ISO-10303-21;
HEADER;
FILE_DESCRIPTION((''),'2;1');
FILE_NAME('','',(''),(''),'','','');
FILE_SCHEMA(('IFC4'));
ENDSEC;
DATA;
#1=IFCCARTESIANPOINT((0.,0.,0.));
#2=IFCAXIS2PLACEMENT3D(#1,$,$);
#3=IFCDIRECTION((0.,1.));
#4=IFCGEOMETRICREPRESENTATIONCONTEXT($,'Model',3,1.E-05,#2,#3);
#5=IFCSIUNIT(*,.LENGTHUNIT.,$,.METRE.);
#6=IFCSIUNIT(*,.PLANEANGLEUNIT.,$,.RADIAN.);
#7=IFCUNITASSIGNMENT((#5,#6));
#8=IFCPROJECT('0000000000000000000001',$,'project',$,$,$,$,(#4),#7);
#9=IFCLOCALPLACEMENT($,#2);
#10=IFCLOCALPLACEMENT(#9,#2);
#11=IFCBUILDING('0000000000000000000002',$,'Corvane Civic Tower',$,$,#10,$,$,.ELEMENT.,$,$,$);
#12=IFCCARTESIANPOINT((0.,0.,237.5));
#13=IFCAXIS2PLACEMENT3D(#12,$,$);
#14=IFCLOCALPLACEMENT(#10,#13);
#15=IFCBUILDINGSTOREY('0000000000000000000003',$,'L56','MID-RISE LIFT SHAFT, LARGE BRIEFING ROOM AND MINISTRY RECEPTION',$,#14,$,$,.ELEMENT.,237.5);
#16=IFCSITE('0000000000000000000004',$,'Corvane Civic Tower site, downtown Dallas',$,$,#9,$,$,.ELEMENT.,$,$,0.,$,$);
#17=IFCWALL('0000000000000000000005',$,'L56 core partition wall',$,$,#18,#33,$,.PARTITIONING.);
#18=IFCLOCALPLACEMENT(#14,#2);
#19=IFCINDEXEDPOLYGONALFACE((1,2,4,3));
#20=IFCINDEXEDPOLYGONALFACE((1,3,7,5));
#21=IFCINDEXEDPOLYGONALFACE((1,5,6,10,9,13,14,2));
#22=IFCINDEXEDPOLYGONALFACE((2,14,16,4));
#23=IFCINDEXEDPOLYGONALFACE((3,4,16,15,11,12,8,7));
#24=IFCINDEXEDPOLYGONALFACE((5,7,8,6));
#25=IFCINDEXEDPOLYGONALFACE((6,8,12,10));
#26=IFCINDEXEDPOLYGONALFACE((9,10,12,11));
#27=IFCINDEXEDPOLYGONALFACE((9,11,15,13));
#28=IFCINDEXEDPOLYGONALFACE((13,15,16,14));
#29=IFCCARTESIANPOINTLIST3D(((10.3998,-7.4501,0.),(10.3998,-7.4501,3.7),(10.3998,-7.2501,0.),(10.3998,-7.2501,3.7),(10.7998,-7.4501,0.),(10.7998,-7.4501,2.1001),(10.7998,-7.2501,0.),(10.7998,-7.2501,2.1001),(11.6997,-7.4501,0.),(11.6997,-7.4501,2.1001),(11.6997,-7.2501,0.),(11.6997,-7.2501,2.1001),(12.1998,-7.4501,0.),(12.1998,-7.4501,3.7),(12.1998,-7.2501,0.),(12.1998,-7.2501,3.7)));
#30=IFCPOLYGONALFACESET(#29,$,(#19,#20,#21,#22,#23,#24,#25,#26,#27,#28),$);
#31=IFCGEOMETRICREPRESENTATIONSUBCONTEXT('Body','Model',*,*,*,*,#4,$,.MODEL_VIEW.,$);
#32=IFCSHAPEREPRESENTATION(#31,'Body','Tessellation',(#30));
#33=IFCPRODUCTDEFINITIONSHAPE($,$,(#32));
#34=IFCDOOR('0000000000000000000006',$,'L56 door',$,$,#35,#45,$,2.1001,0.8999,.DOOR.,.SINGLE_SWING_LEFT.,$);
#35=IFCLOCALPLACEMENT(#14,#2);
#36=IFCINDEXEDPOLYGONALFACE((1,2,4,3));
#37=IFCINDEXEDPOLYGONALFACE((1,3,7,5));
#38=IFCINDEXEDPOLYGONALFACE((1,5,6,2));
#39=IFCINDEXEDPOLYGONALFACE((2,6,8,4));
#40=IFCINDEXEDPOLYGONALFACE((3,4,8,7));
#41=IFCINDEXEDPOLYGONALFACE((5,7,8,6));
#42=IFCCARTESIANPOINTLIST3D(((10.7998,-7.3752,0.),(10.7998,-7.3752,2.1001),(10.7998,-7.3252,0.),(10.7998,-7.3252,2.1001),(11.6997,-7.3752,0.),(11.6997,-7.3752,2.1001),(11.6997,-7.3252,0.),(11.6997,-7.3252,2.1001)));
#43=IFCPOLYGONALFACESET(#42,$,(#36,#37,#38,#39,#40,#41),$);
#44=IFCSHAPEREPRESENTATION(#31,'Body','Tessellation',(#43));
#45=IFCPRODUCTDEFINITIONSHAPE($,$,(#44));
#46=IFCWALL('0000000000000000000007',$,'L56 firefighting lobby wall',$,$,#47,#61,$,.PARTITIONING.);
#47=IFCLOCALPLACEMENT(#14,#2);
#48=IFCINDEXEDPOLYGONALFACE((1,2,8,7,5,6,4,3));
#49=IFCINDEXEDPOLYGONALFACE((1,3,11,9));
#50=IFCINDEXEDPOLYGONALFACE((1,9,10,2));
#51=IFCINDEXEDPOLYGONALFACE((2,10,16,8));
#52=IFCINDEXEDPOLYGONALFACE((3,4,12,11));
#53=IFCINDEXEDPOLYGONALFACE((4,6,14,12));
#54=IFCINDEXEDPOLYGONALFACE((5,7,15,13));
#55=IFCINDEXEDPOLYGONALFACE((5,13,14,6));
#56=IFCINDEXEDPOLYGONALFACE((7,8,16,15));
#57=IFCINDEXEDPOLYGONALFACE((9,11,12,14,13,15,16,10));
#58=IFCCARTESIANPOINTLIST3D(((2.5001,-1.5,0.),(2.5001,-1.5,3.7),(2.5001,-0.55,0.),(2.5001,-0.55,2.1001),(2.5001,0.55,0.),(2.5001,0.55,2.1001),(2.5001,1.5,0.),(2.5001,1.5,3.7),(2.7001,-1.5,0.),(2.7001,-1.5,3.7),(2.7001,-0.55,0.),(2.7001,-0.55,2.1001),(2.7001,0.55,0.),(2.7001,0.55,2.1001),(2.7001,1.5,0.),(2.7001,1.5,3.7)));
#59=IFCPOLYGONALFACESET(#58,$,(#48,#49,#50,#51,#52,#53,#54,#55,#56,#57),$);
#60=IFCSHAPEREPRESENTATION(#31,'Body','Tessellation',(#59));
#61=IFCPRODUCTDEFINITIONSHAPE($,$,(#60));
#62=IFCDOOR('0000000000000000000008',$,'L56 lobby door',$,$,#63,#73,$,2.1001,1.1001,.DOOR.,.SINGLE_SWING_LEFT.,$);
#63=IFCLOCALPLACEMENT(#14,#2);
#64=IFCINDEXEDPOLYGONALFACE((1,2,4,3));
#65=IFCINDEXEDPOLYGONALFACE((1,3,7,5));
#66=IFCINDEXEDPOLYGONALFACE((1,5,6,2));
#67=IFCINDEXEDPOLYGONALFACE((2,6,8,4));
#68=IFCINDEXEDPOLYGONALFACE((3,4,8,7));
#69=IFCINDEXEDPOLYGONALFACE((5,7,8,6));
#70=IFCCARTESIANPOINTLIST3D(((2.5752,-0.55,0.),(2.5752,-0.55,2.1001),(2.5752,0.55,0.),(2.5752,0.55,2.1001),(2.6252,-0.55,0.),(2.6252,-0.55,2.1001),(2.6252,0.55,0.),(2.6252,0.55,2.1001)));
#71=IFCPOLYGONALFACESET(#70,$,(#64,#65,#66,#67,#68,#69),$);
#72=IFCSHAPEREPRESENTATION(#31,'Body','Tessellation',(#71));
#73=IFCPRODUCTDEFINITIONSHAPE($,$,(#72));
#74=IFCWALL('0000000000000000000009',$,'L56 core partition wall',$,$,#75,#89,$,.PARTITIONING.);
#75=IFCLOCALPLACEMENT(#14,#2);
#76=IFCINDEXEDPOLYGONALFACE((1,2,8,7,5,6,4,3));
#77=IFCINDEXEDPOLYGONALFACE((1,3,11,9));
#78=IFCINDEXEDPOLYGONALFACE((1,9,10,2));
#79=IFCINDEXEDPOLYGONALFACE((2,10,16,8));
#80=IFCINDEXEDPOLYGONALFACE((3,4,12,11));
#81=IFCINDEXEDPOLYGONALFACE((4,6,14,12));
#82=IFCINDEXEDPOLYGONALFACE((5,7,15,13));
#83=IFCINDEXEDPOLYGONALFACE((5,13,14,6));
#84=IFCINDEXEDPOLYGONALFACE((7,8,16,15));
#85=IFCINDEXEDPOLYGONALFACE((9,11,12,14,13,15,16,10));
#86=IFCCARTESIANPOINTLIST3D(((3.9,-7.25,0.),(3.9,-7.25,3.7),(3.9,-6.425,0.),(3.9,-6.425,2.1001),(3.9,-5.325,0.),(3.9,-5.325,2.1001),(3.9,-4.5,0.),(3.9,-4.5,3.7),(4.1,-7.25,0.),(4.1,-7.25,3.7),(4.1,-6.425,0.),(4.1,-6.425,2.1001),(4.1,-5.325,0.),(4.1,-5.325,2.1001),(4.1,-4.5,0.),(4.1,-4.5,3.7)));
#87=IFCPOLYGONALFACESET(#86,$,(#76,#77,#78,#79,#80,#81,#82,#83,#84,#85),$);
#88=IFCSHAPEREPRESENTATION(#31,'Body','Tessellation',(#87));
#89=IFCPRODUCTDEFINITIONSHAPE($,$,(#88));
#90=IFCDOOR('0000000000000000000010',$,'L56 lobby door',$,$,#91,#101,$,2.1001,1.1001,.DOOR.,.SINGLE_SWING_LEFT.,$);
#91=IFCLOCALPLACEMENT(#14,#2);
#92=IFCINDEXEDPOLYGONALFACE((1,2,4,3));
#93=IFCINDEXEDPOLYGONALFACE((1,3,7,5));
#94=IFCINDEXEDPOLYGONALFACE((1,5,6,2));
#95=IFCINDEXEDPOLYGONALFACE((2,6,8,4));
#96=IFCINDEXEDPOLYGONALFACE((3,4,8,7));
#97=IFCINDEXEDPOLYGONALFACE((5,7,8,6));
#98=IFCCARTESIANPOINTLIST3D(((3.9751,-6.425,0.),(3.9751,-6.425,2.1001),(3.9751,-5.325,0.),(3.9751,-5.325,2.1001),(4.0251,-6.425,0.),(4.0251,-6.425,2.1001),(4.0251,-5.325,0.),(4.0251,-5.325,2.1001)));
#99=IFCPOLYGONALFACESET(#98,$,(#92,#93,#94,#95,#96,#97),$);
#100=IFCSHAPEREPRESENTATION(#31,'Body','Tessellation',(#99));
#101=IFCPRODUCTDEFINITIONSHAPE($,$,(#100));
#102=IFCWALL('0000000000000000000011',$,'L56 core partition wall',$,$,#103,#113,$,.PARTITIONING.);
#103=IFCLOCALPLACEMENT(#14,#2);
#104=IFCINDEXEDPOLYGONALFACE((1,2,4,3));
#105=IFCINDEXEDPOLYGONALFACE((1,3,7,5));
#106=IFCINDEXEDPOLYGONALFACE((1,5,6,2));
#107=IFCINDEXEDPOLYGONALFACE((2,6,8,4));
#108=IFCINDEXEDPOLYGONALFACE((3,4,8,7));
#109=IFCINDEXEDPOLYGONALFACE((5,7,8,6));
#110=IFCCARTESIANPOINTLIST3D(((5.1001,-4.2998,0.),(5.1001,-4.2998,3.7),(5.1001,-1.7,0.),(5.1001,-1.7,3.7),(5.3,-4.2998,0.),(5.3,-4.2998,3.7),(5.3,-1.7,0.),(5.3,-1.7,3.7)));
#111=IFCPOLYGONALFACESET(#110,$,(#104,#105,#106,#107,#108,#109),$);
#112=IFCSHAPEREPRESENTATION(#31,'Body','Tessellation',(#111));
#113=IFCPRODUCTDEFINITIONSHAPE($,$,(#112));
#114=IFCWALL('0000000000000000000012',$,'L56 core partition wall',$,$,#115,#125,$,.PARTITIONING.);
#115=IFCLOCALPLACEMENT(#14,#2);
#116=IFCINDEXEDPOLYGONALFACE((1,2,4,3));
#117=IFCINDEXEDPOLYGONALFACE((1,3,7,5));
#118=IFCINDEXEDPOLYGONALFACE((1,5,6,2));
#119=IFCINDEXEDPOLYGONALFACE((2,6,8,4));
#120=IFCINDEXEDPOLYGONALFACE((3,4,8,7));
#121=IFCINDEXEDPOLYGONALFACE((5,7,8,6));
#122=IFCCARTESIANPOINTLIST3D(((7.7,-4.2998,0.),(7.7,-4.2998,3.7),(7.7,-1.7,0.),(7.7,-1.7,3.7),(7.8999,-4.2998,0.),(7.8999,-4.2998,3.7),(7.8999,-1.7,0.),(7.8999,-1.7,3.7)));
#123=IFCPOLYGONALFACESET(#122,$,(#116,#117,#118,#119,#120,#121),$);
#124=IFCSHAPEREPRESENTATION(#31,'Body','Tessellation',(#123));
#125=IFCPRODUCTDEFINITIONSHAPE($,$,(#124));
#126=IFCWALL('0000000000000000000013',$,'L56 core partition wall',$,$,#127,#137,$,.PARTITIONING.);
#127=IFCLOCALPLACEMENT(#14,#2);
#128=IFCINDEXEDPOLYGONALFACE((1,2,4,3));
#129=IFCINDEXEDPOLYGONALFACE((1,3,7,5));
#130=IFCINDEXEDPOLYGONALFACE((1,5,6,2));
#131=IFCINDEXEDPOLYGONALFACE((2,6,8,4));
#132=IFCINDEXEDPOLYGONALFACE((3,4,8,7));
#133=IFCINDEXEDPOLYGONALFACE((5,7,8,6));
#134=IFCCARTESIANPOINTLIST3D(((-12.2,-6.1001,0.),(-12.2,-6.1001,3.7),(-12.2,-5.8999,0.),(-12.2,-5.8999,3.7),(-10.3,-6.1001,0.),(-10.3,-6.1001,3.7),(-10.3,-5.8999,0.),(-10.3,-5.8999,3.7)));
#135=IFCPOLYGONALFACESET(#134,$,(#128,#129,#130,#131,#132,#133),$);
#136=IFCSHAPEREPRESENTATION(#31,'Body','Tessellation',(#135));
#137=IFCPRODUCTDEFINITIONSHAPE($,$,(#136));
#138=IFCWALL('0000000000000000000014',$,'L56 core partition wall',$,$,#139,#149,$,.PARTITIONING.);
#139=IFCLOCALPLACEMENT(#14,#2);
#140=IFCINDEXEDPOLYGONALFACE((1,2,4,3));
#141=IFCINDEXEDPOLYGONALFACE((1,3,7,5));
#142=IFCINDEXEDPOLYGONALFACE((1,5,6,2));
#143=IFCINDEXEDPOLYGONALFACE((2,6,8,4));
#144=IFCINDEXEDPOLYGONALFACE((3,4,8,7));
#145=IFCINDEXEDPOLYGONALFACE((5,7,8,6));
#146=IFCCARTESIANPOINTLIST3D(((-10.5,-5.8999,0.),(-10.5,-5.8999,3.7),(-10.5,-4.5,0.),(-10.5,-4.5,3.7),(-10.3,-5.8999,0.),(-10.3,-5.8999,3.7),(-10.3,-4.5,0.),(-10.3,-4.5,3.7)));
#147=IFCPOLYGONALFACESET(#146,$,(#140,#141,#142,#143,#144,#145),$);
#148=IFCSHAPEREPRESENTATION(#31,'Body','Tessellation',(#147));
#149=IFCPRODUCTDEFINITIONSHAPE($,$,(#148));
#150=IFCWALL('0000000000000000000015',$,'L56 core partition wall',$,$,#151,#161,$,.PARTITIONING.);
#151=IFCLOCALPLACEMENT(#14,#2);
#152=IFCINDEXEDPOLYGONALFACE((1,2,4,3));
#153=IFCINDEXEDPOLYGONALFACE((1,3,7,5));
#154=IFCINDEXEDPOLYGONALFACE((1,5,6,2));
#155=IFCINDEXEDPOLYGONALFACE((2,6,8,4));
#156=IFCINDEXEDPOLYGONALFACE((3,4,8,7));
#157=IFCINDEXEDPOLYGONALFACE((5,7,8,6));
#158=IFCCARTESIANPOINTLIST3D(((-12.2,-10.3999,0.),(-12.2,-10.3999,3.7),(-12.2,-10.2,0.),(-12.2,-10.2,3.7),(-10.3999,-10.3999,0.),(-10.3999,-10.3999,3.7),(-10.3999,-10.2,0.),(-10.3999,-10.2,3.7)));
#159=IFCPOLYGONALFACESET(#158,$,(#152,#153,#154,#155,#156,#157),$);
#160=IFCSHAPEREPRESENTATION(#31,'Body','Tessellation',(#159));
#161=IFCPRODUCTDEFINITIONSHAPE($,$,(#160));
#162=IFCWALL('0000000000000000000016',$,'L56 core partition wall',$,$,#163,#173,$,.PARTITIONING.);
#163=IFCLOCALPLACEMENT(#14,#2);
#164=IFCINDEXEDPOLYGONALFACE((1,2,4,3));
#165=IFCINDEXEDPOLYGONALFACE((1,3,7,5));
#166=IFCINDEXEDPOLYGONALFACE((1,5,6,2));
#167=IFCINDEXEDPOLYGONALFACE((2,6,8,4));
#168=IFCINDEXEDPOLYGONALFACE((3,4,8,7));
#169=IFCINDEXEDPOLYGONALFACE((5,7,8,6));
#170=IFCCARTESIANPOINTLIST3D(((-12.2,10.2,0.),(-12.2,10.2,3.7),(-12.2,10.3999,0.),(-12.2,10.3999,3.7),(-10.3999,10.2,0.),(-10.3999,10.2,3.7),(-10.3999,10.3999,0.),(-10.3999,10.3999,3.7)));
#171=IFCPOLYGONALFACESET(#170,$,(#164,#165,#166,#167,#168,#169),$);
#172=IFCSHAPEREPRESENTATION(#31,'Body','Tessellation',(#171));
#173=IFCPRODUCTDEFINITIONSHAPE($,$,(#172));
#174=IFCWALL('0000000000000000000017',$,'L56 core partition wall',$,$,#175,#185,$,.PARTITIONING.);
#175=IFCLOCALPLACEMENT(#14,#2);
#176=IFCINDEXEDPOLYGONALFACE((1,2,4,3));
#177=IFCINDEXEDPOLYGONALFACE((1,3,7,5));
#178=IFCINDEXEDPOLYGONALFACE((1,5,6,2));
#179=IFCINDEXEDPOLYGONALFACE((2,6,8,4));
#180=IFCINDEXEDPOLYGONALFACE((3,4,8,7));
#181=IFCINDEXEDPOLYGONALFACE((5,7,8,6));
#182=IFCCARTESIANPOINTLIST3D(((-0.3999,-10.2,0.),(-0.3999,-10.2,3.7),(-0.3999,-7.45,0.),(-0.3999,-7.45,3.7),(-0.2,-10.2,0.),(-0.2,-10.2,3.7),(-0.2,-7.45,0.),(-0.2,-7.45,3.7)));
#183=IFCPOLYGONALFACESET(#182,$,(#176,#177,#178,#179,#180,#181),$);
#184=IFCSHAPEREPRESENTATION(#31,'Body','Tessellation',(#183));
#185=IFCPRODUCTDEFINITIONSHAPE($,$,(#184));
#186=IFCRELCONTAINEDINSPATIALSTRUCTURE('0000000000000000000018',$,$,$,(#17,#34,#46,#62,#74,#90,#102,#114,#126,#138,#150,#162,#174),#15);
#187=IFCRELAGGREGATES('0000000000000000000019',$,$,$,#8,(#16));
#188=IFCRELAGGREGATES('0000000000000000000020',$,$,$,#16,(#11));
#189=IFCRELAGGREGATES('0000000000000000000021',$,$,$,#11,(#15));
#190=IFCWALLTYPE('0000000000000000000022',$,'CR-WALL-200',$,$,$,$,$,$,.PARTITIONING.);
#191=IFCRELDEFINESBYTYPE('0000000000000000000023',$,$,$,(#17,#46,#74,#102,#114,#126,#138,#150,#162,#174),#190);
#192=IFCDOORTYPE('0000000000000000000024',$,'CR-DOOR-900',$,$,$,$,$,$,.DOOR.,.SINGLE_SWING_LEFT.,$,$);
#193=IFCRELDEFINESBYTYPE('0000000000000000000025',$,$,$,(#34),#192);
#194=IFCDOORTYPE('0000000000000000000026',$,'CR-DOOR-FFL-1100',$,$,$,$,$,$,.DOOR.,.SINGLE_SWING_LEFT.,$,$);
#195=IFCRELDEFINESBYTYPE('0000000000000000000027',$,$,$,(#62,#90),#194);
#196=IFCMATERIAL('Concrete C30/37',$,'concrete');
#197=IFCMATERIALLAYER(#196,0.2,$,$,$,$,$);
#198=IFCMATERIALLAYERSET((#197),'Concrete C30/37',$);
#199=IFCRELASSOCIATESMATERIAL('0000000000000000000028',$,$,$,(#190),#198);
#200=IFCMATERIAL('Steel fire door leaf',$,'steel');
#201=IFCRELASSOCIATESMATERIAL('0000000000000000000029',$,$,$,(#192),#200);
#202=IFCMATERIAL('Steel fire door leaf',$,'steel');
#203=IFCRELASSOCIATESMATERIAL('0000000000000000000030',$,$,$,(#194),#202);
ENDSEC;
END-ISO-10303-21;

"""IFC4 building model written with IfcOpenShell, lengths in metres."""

from ifc_helpers import new_model, si_unit, direction, frame, frame_2d, origin, place, context, subcontext, project, spatial, polyline, rectangle, outline, extrude, material, layer, layer_set, type_object, element, fill, save


model = new_model("IFC4")

# Units and contexts
model_context = context("Model", 3, precision=1e-05, world=origin(), true_north=direction((0.0, 1.0)))
body_context = subcontext(model_context, "Body", "Model", "MODEL_VIEW")
ifc_project = project(units=[si_unit("LENGTHUNIT", "METRE"), si_unit("PLANEANGLEUNIT", "RADIAN")], contexts=[model_context])

# Site, building, storey
site_placement = place(None, origin())
site = spatial("IfcSite", under=ifc_project, at=site_placement, Name="Corvane Civic Tower site, downtown Dallas", CompositionType="ELEMENT", RefElevation=0.0)
building_placement = place(site_placement, origin())
building = spatial("IfcBuilding", under=site, at=building_placement, Name="Corvane Civic Tower", CompositionType="ELEMENT")
storey_placement = place(building_placement, frame((0.0, 0.0, 237.5)))
storey = spatial("IfcBuildingStorey", under=building, at=storey_placement, Name="L56", Description="MID-RISE LIFT SHAFT, LARGE BRIEFING ROOM AND MINISTRY RECEPTION", CompositionType="ELEMENT", Elevation=237.5)

# Walls, openings, doors
ifc_material_1 = material(Name="Concrete C30/37", Category="concrete")
ifc_layer_1 = layer(ifc_material_1, 0.2)
ifc_layer_set_1 = layer_set([ifc_layer_1], Name="Concrete C30/37")
wall_type_1 = type_object("IfcWallType", Name="CR-WALL-200", PredefinedType="PARTITIONING", material=ifc_layer_set_1)
wall_1_placement = place(storey_placement, frame((10.3999, -7.3501, 0.0), z_axis=(0.0, 0.0, 1.0), x_axis=(1.0, 0.0, 0.0)))
wall_1 = element("IfcWall", 1, at=wall_1_placement, inside=storey, type_object=wall_type_1, Name="L56 core partition wall", PredefinedType="PARTITIONING", context=body_context, shape_type="SweptSolid", body=[
    extrude(rectangle(XDim=1.8, YDim=0.2, at=frame_2d((0.8999, 0.0))), origin(), (0.0, 0.0, 1.0), 3.7),
])
opening_1_placement = place(wall_1_placement, frame((0.3999, 0.0, 0.0)))
opening_1 = element("IfcOpeningElement", 2, at=opening_1_placement, cuts=wall_1, PredefinedType="OPENING", context=body_context, shape_type="SweptSolid", body=[
    extrude(rectangle(XDim=0.8999, YDim=2.1001, at=frame_2d((0.45, 1.05))), frame((0.0, 0.1099, 0.0), z_axis=(0.0, -1.0, 0.0), x_axis=(1.0, 0.0, 0.0)), (0.0, 0.0, 1.0), 0.22),
])
ifc_material_2 = material(Name="Steel fire door leaf", Category="steel")
door_type_1 = type_object("IfcDoorType", Name="CR-DOOR-900", OperationType="SINGLE_SWING_LEFT", PredefinedType="DOOR", material=ifc_material_2)
door_1_placement = place(opening_1_placement, origin())
door_1 = element("IfcDoor", 3, at=door_1_placement, inside=storey, type_object=door_type_1, Name="L56 door", OperationType="SINGLE_SWING_LEFT", OverallHeight=2.1001, OverallWidth=0.8999, PredefinedType="DOOR", context=body_context, shape_type="SweptSolid", body=[
    extrude(rectangle(XDim=0.8999, YDim=2.1001, at=frame_2d((0.45, 1.05))), frame((0.0, 0.0249, 0.0), z_axis=(0.0, -1.0, 0.0), x_axis=(1.0, 0.0, 0.0)), (0.0, 0.0, 1.0), 0.05),
])
fill(opening_1, door_1)
wall_2_placement = place(storey_placement, frame((2.6001, -1.5, 0.0), z_axis=(0.0, 0.0, 1.0), x_axis=(0.0, 1.0, 0.0)))
wall_2 = element("IfcWall", 4, at=wall_2_placement, inside=storey, type_object=wall_type_1, Name="L56 firefighting lobby wall", PredefinedType="PARTITIONING", context=body_context, shape_type="SweptSolid", body=[
    extrude(rectangle(XDim=3.0, YDim=0.2, at=frame_2d((1.5, 0.0))), origin(), (0.0, 0.0, 1.0), 3.7),
])
opening_2_placement = place(wall_2_placement, frame((0.95, 0.0, 0.0)))
opening_2 = element("IfcOpeningElement", 5, at=opening_2_placement, cuts=wall_2, PredefinedType="OPENING", context=body_context, shape_type="SweptSolid", body=[
    extrude(rectangle(XDim=1.1001, YDim=2.1001, at=frame_2d((0.55, 1.05))), frame((0.0, 0.1099, 0.0), z_axis=(0.0, -1.0, 0.0), x_axis=(1.0, 0.0, 0.0)), (0.0, 0.0, 1.0), 0.22),
])
ifc_material_3 = material(Name="Steel fire door leaf", Category="steel")
door_type_2 = type_object("IfcDoorType", Name="CR-DOOR-FFL-1100", OperationType="SINGLE_SWING_LEFT", PredefinedType="DOOR", material=ifc_material_3)
door_2_placement = place(opening_2_placement, origin())
door_2 = element("IfcDoor", 6, at=door_2_placement, inside=storey, type_object=door_type_2, Name="L56 lobby door", OperationType="SINGLE_SWING_LEFT", OverallHeight=2.1001, OverallWidth=1.1001, PredefinedType="DOOR", context=body_context, shape_type="SweptSolid", body=[
    extrude(rectangle(XDim=1.1001, YDim=2.1001, at=frame_2d((0.55, 1.05))), frame((0.0, 0.0249, 0.0), z_axis=(0.0, -1.0, 0.0), x_axis=(1.0, 0.0, 0.0)), (0.0, 0.0, 1.0), 0.05),
])
fill(opening_2, door_2)
wall_3_placement = place(storey_placement, frame((4.0, -7.25, 0.0), z_axis=(0.0, 0.0, 1.0), x_axis=(0.0, 1.0, 0.0)))
wall_3 = element("IfcWall", 7, at=wall_3_placement, inside=storey, type_object=wall_type_1, Name="L56 core partition wall", PredefinedType="PARTITIONING", context=body_context, shape_type="SweptSolid", body=[
    extrude(rectangle(XDim=2.75, YDim=0.2, at=frame_2d((1.375, 0.0))), origin(), (0.0, 0.0, 1.0), 3.7),
])
opening_3_placement = place(wall_3_placement, frame((0.825, 0.0, 0.0)))
opening_3 = element("IfcOpeningElement", 8, at=opening_3_placement, cuts=wall_3, PredefinedType="OPENING", context=body_context, shape_type="SweptSolid", body=[
    extrude(rectangle(XDim=1.1001, YDim=2.1001, at=frame_2d((0.55, 1.05))), frame((0.0, 0.1099, 0.0), z_axis=(0.0, -1.0, 0.0), x_axis=(1.0, 0.0, 0.0)), (0.0, 0.0, 1.0), 0.22),
])
door_3_placement = place(opening_3_placement, origin())
door_3 = element("IfcDoor", 9, at=door_3_placement, inside=storey, type_object=door_type_2, Name="L56 lobby door", OperationType="SINGLE_SWING_LEFT", OverallHeight=2.1001, OverallWidth=1.1001, PredefinedType="DOOR", context=body_context, shape_type="SweptSolid", body=[
    extrude(rectangle(XDim=1.1001, YDim=2.1001, at=frame_2d((0.55, 1.05))), frame((0.0, 0.0249, 0.0), z_axis=(0.0, -1.0, 0.0), x_axis=(1.0, 0.0, 0.0)), (0.0, 0.0, 1.0), 0.05),
])
fill(opening_3, door_3)

# Walls
wall_4_placement = place(storey_placement, origin())
element("IfcWall", 10, at=wall_4_placement, inside=storey, type_object=wall_type_1, Name="L56 core partition wall", PredefinedType="PARTITIONING", context=body_context, shape_type="SweptSolid", body=[
    extrude(outline(polyline([(5.3, -1.7), (5.3, -4.2998), (5.1001, -4.2998), (5.1001, -1.7), (5.3, -1.7)])), origin(), (0.0, 0.0, 1.0), 3.7),
])
wall_5_placement = place(storey_placement, origin())
element("IfcWall", 11, at=wall_5_placement, inside=storey, type_object=wall_type_1, Name="L56 core partition wall", PredefinedType="PARTITIONING", context=body_context, shape_type="SweptSolid", body=[
    extrude(outline(polyline([(7.8999, -1.7), (7.8999, -4.2998), (7.7, -4.2998), (7.7, -1.7), (7.8999, -1.7)])), origin(), (0.0, 0.0, 1.0), 3.7),
])
wall_6_placement = place(storey_placement, origin())
element("IfcWall", 12, at=wall_6_placement, inside=storey, type_object=wall_type_1, Name="L56 core partition wall", PredefinedType="PARTITIONING", context=body_context, shape_type="SweptSolid", body=[
    extrude(outline(polyline([(-10.3, -6.1001), (-12.2, -6.1001), (-12.2, -5.8999), (-10.3, -5.8999), (-10.3, -6.1001)])), origin(), (0.0, 0.0, 1.0), 3.7),
])
wall_7_placement = place(storey_placement, origin())
element("IfcWall", 13, at=wall_7_placement, inside=storey, type_object=wall_type_1, Name="L56 core partition wall", PredefinedType="PARTITIONING", context=body_context, shape_type="SweptSolid", body=[
    extrude(outline(polyline([(-10.3, -5.8999), (-10.5, -5.8999), (-10.5, -4.5), (-10.3, -4.5), (-10.3, -5.8999)])), origin(), (0.0, 0.0, 1.0), 3.7),
])
wall_8_placement = place(storey_placement, origin())
element("IfcWall", 14, at=wall_8_placement, inside=storey, type_object=wall_type_1, Name="L56 core partition wall", PredefinedType="PARTITIONING", context=body_context, shape_type="SweptSolid", body=[
    extrude(outline(polyline([(-10.3999, -10.3999), (-12.2, -10.3999), (-12.2, -10.2), (-10.3999, -10.2), (-10.3999, -10.3999)])), origin(), (0.0, 0.0, 1.0), 3.7),
])
wall_9_placement = place(storey_placement, origin())
element("IfcWall", 15, at=wall_9_placement, inside=storey, type_object=wall_type_1, Name="L56 core partition wall", PredefinedType="PARTITIONING", context=body_context, shape_type="SweptSolid", body=[
    extrude(outline(polyline([(-12.2, 10.2), (-12.2, 10.3999), (-10.3999, 10.3999), (-10.3999, 10.2), (-12.2, 10.2)])), origin(), (0.0, 0.0, 1.0), 3.7),
])
wall_10_placement = place(storey_placement, origin())
element("IfcWall", 16, at=wall_10_placement, inside=storey, type_object=wall_type_1, Name="L56 core partition wall", PredefinedType="PARTITIONING", context=body_context, shape_type="SweptSolid", body=[
    extrude(outline(polyline([(-0.2, -10.2), (-0.3999, -10.2), (-0.3999, -7.45), (-0.2, -7.45), (-0.2, -10.2)])), origin(), (0.0, 0.0, 1.0), 3.7),
])

save(model, "model.ifc")
